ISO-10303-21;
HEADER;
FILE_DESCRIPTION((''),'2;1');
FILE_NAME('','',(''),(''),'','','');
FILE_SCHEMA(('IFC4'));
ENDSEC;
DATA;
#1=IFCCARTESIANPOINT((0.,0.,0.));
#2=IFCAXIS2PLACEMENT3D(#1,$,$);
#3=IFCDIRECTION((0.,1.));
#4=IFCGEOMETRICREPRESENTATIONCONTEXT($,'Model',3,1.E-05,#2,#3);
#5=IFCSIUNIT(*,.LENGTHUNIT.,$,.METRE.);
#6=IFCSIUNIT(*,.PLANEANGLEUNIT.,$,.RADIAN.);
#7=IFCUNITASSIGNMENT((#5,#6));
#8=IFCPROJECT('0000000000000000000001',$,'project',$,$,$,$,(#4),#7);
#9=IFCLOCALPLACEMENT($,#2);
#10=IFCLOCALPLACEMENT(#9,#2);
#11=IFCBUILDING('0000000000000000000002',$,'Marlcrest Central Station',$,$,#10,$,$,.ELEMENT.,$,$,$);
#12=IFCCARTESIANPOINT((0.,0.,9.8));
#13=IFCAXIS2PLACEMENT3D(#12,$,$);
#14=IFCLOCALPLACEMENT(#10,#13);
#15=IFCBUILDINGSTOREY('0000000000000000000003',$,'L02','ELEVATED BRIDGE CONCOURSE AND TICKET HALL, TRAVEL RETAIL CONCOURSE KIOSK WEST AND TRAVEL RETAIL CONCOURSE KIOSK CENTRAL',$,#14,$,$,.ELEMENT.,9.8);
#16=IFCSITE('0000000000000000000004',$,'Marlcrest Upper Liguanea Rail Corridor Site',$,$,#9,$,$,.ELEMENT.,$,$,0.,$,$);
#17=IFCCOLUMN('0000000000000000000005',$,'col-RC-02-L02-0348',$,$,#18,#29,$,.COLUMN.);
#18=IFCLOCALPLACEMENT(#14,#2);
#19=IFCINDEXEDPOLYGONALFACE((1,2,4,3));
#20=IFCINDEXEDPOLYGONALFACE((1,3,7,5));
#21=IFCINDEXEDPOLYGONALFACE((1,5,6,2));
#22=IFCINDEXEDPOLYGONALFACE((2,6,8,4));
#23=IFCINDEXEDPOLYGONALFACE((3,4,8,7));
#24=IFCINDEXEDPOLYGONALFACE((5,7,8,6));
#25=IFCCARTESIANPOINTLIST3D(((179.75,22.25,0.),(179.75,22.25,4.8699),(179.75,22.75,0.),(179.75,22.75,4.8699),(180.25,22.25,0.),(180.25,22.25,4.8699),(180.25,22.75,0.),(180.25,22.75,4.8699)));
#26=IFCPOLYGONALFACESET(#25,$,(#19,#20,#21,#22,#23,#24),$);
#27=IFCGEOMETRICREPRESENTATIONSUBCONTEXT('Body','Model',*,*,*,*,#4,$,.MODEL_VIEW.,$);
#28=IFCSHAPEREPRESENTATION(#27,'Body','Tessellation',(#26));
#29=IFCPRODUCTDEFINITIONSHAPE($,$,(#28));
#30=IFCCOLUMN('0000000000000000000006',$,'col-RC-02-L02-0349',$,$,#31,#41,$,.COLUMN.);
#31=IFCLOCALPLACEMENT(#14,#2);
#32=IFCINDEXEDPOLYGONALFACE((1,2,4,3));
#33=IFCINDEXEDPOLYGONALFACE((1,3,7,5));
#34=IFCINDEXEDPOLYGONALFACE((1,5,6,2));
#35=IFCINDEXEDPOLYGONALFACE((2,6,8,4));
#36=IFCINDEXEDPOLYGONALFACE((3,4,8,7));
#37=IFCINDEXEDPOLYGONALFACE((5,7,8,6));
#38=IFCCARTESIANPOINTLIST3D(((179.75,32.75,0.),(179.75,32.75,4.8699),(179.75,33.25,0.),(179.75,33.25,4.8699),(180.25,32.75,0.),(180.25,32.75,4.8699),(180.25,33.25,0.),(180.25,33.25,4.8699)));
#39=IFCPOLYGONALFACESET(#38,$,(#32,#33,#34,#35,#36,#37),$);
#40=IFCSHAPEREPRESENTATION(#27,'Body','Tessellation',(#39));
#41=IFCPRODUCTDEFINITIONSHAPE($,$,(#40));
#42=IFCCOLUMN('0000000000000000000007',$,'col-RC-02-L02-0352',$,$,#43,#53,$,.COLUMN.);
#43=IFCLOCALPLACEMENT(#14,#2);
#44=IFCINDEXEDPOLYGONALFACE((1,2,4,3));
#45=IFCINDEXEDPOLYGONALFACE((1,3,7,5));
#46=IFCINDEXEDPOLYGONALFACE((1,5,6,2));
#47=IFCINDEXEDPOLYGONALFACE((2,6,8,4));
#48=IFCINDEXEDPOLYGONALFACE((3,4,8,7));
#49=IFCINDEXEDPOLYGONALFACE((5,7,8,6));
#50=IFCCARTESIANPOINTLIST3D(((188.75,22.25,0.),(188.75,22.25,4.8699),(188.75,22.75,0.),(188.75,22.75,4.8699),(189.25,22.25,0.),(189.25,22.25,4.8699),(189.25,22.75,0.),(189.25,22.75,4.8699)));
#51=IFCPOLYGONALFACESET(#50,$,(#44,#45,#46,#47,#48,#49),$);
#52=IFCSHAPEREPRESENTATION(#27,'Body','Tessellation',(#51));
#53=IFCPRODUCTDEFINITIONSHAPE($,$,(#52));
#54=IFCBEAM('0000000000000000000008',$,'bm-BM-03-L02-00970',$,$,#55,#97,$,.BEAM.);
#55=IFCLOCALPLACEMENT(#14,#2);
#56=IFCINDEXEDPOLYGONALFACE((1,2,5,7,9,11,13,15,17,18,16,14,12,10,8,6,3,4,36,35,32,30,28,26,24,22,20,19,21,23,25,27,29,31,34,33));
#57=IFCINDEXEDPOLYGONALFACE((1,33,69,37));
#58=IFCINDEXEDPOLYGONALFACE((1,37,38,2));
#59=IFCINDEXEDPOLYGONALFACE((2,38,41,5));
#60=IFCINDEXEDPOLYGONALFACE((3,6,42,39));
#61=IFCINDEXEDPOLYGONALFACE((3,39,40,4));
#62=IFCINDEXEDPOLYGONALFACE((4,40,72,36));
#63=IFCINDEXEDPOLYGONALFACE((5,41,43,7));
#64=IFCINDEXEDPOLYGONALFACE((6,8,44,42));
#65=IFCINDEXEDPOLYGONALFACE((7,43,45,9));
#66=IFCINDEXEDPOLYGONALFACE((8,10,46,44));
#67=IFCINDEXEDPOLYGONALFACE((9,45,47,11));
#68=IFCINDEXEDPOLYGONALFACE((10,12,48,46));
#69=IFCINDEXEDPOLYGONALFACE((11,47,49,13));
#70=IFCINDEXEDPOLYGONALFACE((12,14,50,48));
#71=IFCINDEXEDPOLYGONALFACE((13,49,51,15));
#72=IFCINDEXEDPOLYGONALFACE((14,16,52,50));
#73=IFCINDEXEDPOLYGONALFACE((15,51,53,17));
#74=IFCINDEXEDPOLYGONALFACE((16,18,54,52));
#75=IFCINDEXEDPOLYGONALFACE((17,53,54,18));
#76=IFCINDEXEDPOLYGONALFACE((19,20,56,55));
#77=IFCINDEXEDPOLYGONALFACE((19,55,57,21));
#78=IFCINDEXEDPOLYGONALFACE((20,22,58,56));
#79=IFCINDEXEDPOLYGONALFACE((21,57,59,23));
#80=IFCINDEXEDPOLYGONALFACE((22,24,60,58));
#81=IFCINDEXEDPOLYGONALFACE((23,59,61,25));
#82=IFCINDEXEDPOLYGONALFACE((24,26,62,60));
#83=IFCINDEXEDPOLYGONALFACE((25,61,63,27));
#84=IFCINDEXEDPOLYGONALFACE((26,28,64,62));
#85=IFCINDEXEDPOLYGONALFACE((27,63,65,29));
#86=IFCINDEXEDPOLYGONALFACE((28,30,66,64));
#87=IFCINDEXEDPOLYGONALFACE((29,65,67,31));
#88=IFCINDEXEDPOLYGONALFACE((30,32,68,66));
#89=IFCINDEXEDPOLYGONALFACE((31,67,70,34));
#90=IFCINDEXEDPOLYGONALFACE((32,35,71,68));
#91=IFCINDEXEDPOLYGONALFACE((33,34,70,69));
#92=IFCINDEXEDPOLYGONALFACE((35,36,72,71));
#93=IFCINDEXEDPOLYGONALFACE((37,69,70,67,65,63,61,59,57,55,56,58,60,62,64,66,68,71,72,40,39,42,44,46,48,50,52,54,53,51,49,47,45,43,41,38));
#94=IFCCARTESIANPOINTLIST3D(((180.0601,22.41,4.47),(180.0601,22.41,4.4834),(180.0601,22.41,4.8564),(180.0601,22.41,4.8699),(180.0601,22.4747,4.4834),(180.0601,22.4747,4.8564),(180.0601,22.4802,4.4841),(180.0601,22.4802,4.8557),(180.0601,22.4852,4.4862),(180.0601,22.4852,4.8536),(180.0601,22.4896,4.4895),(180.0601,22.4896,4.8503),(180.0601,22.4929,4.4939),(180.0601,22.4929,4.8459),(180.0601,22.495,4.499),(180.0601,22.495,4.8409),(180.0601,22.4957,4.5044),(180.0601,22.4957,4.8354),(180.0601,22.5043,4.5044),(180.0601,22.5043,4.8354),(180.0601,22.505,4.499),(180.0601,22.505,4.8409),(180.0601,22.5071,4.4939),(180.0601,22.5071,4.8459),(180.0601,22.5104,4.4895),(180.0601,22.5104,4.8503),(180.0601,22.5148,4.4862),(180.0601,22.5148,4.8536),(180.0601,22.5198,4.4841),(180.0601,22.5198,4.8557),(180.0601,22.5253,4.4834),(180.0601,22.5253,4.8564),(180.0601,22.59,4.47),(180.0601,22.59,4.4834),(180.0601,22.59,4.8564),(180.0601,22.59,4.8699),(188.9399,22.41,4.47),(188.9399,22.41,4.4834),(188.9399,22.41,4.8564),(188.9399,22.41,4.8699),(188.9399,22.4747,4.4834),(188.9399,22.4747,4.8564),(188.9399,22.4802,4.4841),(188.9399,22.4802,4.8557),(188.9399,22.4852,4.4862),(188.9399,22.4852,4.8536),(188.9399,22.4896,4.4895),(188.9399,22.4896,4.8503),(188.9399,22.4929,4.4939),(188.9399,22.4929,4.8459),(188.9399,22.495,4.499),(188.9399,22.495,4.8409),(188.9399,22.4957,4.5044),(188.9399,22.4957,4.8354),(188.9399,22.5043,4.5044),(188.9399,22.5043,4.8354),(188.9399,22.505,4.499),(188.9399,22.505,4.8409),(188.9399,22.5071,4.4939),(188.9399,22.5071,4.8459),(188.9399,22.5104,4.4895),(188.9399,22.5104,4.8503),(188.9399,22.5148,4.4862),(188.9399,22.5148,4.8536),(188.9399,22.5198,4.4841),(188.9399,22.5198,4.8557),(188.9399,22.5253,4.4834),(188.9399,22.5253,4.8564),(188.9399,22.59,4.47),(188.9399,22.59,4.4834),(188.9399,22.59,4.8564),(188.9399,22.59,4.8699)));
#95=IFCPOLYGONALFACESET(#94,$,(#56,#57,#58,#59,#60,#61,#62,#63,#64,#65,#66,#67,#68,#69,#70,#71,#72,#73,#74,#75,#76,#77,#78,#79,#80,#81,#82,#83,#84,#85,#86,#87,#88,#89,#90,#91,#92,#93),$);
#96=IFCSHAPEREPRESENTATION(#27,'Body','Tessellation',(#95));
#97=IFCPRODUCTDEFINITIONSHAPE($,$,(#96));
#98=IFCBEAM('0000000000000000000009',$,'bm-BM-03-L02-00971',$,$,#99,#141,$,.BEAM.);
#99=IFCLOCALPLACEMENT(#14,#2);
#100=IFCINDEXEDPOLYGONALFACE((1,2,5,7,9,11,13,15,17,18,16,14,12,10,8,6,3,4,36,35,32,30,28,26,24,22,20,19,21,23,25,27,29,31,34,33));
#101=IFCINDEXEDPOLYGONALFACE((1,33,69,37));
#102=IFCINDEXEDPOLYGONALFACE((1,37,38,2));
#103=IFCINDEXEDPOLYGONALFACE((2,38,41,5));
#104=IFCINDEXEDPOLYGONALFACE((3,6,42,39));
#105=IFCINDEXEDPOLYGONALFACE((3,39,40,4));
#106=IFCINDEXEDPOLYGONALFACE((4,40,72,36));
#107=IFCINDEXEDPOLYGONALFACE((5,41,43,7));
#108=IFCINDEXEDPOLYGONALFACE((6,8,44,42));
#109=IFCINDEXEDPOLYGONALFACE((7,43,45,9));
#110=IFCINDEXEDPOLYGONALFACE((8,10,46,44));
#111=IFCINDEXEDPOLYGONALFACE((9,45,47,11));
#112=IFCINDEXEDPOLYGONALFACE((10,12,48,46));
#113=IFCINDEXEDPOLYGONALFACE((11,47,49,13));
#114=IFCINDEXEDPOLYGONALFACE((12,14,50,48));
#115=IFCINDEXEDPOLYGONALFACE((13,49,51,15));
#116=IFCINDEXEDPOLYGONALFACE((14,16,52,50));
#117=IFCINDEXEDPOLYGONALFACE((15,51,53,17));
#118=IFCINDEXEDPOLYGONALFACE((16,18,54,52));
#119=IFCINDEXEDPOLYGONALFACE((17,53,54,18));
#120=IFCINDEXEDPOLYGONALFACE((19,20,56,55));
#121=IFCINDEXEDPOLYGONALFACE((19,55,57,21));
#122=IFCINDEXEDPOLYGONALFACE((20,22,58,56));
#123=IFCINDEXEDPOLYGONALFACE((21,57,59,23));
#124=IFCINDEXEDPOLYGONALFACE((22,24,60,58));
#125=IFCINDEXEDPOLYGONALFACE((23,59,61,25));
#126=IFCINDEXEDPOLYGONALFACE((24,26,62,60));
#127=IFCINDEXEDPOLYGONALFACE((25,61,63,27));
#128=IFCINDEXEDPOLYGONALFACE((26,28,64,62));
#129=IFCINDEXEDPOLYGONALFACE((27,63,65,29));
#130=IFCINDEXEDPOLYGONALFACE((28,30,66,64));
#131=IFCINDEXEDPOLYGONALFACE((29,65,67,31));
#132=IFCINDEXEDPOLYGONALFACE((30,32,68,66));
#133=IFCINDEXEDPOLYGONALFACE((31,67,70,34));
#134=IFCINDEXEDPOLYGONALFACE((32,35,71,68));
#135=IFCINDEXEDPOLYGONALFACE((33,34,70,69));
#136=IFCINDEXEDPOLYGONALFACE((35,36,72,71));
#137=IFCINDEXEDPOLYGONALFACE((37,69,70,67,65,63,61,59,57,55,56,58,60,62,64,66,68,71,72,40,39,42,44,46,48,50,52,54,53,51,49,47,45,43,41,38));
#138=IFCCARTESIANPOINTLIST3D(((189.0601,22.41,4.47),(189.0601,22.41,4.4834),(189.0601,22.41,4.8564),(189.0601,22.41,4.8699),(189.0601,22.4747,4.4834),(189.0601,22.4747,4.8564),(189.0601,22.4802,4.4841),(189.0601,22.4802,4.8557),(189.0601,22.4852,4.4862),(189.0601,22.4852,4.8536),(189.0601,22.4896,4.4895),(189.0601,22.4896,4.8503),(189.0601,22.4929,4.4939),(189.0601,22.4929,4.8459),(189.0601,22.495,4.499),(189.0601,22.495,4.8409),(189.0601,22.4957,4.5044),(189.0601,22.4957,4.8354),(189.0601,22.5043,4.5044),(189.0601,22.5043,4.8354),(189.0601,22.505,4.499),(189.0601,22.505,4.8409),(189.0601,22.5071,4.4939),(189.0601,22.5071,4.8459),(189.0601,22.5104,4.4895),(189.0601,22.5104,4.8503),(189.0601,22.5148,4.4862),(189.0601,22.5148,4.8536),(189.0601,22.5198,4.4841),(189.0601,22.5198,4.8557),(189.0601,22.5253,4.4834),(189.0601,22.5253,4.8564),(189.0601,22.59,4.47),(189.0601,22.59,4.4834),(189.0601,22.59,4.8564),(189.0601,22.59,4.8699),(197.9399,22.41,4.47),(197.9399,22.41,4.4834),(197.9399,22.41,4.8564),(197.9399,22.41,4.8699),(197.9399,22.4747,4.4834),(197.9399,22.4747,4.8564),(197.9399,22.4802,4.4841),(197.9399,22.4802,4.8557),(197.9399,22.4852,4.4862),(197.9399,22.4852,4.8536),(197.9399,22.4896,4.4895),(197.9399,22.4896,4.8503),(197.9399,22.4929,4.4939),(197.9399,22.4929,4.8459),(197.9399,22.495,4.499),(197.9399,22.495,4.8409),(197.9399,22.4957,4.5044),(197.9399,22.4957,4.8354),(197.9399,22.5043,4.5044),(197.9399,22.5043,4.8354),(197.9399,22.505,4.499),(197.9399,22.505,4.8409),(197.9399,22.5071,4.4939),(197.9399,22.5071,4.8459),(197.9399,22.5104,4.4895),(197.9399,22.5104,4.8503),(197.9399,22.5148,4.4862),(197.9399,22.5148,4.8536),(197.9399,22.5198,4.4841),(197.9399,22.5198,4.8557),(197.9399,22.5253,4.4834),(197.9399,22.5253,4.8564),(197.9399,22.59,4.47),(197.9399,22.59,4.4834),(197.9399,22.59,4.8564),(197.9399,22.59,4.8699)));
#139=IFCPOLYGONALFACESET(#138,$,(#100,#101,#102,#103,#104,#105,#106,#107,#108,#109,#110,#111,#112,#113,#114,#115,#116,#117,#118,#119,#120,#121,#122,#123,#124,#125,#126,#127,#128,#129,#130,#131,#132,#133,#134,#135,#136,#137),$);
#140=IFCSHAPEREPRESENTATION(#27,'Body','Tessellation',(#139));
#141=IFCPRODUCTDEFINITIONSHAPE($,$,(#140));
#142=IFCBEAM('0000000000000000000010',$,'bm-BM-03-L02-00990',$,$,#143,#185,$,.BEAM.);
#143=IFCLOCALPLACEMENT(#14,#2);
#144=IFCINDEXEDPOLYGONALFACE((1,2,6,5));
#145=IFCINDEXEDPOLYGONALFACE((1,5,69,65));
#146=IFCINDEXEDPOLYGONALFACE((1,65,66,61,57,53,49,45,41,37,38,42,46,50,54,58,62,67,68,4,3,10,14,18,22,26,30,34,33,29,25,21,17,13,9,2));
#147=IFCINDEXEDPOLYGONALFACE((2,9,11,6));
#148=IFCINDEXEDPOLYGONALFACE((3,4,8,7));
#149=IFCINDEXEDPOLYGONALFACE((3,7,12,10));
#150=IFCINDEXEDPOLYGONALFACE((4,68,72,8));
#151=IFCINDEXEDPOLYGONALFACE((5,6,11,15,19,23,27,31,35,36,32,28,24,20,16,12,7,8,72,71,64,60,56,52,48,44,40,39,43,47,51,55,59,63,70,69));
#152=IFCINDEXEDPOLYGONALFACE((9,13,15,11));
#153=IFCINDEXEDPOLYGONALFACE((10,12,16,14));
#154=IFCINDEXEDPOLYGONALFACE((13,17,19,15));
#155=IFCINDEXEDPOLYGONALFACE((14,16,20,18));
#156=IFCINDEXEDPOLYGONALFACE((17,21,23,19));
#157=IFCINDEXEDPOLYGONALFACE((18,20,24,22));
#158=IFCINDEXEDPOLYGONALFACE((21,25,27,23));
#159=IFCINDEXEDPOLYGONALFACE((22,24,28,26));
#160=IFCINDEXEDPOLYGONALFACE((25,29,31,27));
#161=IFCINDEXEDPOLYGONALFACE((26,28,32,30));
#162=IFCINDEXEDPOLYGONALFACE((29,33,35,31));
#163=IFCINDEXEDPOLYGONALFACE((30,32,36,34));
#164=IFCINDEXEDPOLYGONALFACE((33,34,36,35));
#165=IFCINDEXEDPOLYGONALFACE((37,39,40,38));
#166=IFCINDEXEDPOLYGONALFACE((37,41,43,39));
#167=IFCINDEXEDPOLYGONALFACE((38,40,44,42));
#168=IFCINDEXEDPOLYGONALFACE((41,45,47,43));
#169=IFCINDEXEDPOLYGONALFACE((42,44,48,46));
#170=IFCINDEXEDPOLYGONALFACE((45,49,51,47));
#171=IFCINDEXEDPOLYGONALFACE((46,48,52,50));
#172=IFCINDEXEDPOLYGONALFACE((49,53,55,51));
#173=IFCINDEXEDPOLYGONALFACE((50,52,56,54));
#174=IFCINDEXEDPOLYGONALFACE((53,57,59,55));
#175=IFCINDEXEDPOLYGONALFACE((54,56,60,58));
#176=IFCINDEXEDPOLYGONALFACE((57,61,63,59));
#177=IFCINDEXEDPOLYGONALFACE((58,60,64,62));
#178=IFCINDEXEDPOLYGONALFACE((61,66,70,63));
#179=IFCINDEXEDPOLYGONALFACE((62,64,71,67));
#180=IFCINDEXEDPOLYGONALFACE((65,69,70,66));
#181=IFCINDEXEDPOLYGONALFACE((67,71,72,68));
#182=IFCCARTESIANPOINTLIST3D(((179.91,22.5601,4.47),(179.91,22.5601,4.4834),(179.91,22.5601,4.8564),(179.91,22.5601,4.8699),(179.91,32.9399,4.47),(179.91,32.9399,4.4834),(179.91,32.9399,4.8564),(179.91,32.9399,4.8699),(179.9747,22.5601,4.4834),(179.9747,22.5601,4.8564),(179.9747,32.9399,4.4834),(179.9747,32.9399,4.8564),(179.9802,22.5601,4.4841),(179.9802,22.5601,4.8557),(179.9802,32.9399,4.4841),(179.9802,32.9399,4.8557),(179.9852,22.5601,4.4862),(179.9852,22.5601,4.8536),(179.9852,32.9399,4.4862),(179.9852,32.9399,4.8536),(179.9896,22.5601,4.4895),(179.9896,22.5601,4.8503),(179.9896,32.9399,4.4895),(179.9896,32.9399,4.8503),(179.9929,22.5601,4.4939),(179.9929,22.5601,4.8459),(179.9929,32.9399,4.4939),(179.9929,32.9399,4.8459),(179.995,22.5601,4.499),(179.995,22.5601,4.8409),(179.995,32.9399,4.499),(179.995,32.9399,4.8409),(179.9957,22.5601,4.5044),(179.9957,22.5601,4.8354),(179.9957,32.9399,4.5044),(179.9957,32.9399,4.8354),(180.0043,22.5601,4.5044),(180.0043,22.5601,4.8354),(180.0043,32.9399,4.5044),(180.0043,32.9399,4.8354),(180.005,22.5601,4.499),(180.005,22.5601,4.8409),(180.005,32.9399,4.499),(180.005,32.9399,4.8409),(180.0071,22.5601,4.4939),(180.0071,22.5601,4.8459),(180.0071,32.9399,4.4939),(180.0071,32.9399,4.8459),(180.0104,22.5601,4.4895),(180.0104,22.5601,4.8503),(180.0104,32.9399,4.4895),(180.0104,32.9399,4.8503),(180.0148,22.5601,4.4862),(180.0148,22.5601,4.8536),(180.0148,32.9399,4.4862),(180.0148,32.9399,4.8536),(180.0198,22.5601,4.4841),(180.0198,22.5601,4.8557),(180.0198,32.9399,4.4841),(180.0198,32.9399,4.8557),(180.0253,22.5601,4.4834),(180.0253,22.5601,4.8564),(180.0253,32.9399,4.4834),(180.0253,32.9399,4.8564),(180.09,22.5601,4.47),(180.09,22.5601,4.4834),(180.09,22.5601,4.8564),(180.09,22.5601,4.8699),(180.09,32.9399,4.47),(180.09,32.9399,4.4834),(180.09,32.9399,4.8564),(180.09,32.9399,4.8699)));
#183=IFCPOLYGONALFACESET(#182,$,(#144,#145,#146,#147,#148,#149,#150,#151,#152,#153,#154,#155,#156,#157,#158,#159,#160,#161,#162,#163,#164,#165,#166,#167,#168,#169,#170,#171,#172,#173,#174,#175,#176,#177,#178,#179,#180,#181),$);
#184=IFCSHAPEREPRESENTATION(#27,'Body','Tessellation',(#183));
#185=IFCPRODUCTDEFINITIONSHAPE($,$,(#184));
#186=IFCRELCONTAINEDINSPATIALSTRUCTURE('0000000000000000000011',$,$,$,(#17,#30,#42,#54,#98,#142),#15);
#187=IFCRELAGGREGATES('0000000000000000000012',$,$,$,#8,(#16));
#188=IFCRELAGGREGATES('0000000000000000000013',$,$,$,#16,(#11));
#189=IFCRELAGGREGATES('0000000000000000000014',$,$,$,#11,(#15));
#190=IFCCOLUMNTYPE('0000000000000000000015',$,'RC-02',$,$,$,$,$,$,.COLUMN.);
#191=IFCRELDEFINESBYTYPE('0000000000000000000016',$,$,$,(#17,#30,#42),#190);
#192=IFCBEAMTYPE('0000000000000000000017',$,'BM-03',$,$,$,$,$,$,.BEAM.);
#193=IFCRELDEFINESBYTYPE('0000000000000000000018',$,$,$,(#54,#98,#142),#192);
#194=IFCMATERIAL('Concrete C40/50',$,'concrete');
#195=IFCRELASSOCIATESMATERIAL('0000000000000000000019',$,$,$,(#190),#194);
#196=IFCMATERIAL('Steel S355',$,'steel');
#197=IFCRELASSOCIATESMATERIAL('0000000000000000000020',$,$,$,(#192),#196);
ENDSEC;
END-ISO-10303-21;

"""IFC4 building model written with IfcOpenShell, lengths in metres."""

from ifc_helpers import new_model, si_unit, direction, frame, origin, origin_2d, place, context, subcontext, project, spatial, rectangle, i_section, extrude, material, material_profile, profile_set, type_object, element, save


model = new_model("IFC4")

# Units and contexts
model_context = context("Model", 3, precision=1e-05, world=origin(), true_north=direction((0.0, 1.0)))
body_context = subcontext(model_context, "Body", "Model", "MODEL_VIEW")
ifc_project = project(units=[si_unit("LENGTHUNIT", "METRE"), si_unit("PLANEANGLEUNIT", "RADIAN")], contexts=[model_context])

# Site, building, storey
site_placement = place(None, origin())
site = spatial("IfcSite", under=ifc_project, at=site_placement, Name="Marlcrest Upper Liguanea Rail Corridor Site", CompositionType="ELEMENT", RefElevation=0.0)
building_placement = place(site_placement, origin())
building = spatial("IfcBuilding", under=site, at=building_placement, Name="Marlcrest Central Station", CompositionType="ELEMENT")
storey_placement = place(building_placement, frame((0.0, 0.0, 9.8)))
storey = spatial("IfcBuildingStorey", under=building, at=storey_placement, Name="L02", Description="ELEVATED BRIDGE CONCOURSE AND TICKET HALL, TRAVEL RETAIL CONCOURSE KIOSK WEST AND TRAVEL RETAIL CONCOURSE KIOSK CENTRAL", CompositionType="ELEMENT", Elevation=9.8)

# Columns
ifc_material_1 = material(Name="Concrete C40/50", Category="concrete")
ifc_material_profile_1 = material_profile(ifc_material_1, rectangle(XDim=0.5, YDim=0.5, at=origin_2d()), Name="RC 500x500")
ifc_profile_set_1 = profile_set([ifc_material_profile_1], Name="Concrete C40/50")
column_type = type_object("IfcColumnType", Name="RC-02", PredefinedType="COLUMN", material=ifc_profile_set_1)
for number, where, z_axis, x_axis, name in (
    (1, (180.0, 22.5, 0.0), (0.0, 0.0, 1.0), (1.0, 0.0, 0.0), "col-RC-02-L02-0348"),
    (2, (180.0, 33.0, 0.0), (0.0, 0.0, 1.0), (1.0, 0.0, 0.0), "col-RC-02-L02-0349"),
    (3, (189.0, 22.5, 0.0), (0.0, 0.0, 1.0), (1.0, 0.0, 0.0), "col-RC-02-L02-0352"),
):
    element("IfcColumn", number, at=place(storey_placement, frame(where, z_axis=z_axis, x_axis=x_axis)), inside=storey, type_object=column_type, Name=name, PredefinedType="COLUMN", context=body_context, shape_type="SweptSolid", body=[
        extrude(rectangle(XDim=0.5, YDim=0.5, at=origin_2d()), origin(), (0.0, 0.0, 1.0), 4.8699),
    ])

# Beams
ifc_material_2 = material(Name="Steel S355", Category="steel")
ifc_material_profile_2 = material_profile(ifc_material_2, i_section(OverallWidth=0.1799, OverallDepth=0.3999, WebThickness=0.0085, FlangeThickness=0.0134, FilletRadius=0.021, at=origin_2d()), Name="IPE 400")
ifc_profile_set_2 = profile_set([ifc_material_profile_2], Name="Steel S355")
beam_type_1 = type_object("IfcBeamType", Name="BM-03", PredefinedType="BEAM", material=ifc_profile_set_2)
for number, where, z_axis, x_axis, name in (
    (4, (180.0601, 22.5, 4.6699), (1.0, 0.0, 0.0), (0.0, 1.0, 0.0), "bm-BM-03-L02-00970"),
    (5, (189.0601, 22.5, 4.6699), (1.0, 0.0, 0.0), (0.0, 1.0, 0.0), "bm-BM-03-L02-00971"),
):
    element("IfcBeam", number, at=place(storey_placement, frame(where, z_axis=z_axis, x_axis=x_axis)), inside=storey, type_object=beam_type_1, Name=name, PredefinedType="BEAM", context=body_context, shape_type="SweptSolid", body=[
        extrude(i_section(OverallWidth=0.1799, OverallDepth=0.3999, WebThickness=0.0085, FlangeThickness=0.0134, FilletRadius=0.021, at=origin_2d()), origin(), (0.0, 0.0, 1.0), 8.8799),
    ])
for number, where, z_axis, x_axis, name in (
    (6, (180.0, 22.5601, 4.6699), (0.0, 1.0, 0.0), (-1.0, 0.0, 0.0), "bm-BM-03-L02-00990"),
):
    element("IfcBeam", number, at=place(storey_placement, frame(where, z_axis=z_axis, x_axis=x_axis)), inside=storey, type_object=beam_type_1, Name=name, PredefinedType="BEAM", context=body_context, shape_type="SweptSolid", body=[
        extrude(i_section(OverallWidth=0.1799, OverallDepth=0.3999, WebThickness=0.0085, FlangeThickness=0.0134, FilletRadius=0.021, at=origin_2d()), origin(), (0.0, 0.0, 1.0), 10.3799),
    ])

save(model, "model.ifc")
